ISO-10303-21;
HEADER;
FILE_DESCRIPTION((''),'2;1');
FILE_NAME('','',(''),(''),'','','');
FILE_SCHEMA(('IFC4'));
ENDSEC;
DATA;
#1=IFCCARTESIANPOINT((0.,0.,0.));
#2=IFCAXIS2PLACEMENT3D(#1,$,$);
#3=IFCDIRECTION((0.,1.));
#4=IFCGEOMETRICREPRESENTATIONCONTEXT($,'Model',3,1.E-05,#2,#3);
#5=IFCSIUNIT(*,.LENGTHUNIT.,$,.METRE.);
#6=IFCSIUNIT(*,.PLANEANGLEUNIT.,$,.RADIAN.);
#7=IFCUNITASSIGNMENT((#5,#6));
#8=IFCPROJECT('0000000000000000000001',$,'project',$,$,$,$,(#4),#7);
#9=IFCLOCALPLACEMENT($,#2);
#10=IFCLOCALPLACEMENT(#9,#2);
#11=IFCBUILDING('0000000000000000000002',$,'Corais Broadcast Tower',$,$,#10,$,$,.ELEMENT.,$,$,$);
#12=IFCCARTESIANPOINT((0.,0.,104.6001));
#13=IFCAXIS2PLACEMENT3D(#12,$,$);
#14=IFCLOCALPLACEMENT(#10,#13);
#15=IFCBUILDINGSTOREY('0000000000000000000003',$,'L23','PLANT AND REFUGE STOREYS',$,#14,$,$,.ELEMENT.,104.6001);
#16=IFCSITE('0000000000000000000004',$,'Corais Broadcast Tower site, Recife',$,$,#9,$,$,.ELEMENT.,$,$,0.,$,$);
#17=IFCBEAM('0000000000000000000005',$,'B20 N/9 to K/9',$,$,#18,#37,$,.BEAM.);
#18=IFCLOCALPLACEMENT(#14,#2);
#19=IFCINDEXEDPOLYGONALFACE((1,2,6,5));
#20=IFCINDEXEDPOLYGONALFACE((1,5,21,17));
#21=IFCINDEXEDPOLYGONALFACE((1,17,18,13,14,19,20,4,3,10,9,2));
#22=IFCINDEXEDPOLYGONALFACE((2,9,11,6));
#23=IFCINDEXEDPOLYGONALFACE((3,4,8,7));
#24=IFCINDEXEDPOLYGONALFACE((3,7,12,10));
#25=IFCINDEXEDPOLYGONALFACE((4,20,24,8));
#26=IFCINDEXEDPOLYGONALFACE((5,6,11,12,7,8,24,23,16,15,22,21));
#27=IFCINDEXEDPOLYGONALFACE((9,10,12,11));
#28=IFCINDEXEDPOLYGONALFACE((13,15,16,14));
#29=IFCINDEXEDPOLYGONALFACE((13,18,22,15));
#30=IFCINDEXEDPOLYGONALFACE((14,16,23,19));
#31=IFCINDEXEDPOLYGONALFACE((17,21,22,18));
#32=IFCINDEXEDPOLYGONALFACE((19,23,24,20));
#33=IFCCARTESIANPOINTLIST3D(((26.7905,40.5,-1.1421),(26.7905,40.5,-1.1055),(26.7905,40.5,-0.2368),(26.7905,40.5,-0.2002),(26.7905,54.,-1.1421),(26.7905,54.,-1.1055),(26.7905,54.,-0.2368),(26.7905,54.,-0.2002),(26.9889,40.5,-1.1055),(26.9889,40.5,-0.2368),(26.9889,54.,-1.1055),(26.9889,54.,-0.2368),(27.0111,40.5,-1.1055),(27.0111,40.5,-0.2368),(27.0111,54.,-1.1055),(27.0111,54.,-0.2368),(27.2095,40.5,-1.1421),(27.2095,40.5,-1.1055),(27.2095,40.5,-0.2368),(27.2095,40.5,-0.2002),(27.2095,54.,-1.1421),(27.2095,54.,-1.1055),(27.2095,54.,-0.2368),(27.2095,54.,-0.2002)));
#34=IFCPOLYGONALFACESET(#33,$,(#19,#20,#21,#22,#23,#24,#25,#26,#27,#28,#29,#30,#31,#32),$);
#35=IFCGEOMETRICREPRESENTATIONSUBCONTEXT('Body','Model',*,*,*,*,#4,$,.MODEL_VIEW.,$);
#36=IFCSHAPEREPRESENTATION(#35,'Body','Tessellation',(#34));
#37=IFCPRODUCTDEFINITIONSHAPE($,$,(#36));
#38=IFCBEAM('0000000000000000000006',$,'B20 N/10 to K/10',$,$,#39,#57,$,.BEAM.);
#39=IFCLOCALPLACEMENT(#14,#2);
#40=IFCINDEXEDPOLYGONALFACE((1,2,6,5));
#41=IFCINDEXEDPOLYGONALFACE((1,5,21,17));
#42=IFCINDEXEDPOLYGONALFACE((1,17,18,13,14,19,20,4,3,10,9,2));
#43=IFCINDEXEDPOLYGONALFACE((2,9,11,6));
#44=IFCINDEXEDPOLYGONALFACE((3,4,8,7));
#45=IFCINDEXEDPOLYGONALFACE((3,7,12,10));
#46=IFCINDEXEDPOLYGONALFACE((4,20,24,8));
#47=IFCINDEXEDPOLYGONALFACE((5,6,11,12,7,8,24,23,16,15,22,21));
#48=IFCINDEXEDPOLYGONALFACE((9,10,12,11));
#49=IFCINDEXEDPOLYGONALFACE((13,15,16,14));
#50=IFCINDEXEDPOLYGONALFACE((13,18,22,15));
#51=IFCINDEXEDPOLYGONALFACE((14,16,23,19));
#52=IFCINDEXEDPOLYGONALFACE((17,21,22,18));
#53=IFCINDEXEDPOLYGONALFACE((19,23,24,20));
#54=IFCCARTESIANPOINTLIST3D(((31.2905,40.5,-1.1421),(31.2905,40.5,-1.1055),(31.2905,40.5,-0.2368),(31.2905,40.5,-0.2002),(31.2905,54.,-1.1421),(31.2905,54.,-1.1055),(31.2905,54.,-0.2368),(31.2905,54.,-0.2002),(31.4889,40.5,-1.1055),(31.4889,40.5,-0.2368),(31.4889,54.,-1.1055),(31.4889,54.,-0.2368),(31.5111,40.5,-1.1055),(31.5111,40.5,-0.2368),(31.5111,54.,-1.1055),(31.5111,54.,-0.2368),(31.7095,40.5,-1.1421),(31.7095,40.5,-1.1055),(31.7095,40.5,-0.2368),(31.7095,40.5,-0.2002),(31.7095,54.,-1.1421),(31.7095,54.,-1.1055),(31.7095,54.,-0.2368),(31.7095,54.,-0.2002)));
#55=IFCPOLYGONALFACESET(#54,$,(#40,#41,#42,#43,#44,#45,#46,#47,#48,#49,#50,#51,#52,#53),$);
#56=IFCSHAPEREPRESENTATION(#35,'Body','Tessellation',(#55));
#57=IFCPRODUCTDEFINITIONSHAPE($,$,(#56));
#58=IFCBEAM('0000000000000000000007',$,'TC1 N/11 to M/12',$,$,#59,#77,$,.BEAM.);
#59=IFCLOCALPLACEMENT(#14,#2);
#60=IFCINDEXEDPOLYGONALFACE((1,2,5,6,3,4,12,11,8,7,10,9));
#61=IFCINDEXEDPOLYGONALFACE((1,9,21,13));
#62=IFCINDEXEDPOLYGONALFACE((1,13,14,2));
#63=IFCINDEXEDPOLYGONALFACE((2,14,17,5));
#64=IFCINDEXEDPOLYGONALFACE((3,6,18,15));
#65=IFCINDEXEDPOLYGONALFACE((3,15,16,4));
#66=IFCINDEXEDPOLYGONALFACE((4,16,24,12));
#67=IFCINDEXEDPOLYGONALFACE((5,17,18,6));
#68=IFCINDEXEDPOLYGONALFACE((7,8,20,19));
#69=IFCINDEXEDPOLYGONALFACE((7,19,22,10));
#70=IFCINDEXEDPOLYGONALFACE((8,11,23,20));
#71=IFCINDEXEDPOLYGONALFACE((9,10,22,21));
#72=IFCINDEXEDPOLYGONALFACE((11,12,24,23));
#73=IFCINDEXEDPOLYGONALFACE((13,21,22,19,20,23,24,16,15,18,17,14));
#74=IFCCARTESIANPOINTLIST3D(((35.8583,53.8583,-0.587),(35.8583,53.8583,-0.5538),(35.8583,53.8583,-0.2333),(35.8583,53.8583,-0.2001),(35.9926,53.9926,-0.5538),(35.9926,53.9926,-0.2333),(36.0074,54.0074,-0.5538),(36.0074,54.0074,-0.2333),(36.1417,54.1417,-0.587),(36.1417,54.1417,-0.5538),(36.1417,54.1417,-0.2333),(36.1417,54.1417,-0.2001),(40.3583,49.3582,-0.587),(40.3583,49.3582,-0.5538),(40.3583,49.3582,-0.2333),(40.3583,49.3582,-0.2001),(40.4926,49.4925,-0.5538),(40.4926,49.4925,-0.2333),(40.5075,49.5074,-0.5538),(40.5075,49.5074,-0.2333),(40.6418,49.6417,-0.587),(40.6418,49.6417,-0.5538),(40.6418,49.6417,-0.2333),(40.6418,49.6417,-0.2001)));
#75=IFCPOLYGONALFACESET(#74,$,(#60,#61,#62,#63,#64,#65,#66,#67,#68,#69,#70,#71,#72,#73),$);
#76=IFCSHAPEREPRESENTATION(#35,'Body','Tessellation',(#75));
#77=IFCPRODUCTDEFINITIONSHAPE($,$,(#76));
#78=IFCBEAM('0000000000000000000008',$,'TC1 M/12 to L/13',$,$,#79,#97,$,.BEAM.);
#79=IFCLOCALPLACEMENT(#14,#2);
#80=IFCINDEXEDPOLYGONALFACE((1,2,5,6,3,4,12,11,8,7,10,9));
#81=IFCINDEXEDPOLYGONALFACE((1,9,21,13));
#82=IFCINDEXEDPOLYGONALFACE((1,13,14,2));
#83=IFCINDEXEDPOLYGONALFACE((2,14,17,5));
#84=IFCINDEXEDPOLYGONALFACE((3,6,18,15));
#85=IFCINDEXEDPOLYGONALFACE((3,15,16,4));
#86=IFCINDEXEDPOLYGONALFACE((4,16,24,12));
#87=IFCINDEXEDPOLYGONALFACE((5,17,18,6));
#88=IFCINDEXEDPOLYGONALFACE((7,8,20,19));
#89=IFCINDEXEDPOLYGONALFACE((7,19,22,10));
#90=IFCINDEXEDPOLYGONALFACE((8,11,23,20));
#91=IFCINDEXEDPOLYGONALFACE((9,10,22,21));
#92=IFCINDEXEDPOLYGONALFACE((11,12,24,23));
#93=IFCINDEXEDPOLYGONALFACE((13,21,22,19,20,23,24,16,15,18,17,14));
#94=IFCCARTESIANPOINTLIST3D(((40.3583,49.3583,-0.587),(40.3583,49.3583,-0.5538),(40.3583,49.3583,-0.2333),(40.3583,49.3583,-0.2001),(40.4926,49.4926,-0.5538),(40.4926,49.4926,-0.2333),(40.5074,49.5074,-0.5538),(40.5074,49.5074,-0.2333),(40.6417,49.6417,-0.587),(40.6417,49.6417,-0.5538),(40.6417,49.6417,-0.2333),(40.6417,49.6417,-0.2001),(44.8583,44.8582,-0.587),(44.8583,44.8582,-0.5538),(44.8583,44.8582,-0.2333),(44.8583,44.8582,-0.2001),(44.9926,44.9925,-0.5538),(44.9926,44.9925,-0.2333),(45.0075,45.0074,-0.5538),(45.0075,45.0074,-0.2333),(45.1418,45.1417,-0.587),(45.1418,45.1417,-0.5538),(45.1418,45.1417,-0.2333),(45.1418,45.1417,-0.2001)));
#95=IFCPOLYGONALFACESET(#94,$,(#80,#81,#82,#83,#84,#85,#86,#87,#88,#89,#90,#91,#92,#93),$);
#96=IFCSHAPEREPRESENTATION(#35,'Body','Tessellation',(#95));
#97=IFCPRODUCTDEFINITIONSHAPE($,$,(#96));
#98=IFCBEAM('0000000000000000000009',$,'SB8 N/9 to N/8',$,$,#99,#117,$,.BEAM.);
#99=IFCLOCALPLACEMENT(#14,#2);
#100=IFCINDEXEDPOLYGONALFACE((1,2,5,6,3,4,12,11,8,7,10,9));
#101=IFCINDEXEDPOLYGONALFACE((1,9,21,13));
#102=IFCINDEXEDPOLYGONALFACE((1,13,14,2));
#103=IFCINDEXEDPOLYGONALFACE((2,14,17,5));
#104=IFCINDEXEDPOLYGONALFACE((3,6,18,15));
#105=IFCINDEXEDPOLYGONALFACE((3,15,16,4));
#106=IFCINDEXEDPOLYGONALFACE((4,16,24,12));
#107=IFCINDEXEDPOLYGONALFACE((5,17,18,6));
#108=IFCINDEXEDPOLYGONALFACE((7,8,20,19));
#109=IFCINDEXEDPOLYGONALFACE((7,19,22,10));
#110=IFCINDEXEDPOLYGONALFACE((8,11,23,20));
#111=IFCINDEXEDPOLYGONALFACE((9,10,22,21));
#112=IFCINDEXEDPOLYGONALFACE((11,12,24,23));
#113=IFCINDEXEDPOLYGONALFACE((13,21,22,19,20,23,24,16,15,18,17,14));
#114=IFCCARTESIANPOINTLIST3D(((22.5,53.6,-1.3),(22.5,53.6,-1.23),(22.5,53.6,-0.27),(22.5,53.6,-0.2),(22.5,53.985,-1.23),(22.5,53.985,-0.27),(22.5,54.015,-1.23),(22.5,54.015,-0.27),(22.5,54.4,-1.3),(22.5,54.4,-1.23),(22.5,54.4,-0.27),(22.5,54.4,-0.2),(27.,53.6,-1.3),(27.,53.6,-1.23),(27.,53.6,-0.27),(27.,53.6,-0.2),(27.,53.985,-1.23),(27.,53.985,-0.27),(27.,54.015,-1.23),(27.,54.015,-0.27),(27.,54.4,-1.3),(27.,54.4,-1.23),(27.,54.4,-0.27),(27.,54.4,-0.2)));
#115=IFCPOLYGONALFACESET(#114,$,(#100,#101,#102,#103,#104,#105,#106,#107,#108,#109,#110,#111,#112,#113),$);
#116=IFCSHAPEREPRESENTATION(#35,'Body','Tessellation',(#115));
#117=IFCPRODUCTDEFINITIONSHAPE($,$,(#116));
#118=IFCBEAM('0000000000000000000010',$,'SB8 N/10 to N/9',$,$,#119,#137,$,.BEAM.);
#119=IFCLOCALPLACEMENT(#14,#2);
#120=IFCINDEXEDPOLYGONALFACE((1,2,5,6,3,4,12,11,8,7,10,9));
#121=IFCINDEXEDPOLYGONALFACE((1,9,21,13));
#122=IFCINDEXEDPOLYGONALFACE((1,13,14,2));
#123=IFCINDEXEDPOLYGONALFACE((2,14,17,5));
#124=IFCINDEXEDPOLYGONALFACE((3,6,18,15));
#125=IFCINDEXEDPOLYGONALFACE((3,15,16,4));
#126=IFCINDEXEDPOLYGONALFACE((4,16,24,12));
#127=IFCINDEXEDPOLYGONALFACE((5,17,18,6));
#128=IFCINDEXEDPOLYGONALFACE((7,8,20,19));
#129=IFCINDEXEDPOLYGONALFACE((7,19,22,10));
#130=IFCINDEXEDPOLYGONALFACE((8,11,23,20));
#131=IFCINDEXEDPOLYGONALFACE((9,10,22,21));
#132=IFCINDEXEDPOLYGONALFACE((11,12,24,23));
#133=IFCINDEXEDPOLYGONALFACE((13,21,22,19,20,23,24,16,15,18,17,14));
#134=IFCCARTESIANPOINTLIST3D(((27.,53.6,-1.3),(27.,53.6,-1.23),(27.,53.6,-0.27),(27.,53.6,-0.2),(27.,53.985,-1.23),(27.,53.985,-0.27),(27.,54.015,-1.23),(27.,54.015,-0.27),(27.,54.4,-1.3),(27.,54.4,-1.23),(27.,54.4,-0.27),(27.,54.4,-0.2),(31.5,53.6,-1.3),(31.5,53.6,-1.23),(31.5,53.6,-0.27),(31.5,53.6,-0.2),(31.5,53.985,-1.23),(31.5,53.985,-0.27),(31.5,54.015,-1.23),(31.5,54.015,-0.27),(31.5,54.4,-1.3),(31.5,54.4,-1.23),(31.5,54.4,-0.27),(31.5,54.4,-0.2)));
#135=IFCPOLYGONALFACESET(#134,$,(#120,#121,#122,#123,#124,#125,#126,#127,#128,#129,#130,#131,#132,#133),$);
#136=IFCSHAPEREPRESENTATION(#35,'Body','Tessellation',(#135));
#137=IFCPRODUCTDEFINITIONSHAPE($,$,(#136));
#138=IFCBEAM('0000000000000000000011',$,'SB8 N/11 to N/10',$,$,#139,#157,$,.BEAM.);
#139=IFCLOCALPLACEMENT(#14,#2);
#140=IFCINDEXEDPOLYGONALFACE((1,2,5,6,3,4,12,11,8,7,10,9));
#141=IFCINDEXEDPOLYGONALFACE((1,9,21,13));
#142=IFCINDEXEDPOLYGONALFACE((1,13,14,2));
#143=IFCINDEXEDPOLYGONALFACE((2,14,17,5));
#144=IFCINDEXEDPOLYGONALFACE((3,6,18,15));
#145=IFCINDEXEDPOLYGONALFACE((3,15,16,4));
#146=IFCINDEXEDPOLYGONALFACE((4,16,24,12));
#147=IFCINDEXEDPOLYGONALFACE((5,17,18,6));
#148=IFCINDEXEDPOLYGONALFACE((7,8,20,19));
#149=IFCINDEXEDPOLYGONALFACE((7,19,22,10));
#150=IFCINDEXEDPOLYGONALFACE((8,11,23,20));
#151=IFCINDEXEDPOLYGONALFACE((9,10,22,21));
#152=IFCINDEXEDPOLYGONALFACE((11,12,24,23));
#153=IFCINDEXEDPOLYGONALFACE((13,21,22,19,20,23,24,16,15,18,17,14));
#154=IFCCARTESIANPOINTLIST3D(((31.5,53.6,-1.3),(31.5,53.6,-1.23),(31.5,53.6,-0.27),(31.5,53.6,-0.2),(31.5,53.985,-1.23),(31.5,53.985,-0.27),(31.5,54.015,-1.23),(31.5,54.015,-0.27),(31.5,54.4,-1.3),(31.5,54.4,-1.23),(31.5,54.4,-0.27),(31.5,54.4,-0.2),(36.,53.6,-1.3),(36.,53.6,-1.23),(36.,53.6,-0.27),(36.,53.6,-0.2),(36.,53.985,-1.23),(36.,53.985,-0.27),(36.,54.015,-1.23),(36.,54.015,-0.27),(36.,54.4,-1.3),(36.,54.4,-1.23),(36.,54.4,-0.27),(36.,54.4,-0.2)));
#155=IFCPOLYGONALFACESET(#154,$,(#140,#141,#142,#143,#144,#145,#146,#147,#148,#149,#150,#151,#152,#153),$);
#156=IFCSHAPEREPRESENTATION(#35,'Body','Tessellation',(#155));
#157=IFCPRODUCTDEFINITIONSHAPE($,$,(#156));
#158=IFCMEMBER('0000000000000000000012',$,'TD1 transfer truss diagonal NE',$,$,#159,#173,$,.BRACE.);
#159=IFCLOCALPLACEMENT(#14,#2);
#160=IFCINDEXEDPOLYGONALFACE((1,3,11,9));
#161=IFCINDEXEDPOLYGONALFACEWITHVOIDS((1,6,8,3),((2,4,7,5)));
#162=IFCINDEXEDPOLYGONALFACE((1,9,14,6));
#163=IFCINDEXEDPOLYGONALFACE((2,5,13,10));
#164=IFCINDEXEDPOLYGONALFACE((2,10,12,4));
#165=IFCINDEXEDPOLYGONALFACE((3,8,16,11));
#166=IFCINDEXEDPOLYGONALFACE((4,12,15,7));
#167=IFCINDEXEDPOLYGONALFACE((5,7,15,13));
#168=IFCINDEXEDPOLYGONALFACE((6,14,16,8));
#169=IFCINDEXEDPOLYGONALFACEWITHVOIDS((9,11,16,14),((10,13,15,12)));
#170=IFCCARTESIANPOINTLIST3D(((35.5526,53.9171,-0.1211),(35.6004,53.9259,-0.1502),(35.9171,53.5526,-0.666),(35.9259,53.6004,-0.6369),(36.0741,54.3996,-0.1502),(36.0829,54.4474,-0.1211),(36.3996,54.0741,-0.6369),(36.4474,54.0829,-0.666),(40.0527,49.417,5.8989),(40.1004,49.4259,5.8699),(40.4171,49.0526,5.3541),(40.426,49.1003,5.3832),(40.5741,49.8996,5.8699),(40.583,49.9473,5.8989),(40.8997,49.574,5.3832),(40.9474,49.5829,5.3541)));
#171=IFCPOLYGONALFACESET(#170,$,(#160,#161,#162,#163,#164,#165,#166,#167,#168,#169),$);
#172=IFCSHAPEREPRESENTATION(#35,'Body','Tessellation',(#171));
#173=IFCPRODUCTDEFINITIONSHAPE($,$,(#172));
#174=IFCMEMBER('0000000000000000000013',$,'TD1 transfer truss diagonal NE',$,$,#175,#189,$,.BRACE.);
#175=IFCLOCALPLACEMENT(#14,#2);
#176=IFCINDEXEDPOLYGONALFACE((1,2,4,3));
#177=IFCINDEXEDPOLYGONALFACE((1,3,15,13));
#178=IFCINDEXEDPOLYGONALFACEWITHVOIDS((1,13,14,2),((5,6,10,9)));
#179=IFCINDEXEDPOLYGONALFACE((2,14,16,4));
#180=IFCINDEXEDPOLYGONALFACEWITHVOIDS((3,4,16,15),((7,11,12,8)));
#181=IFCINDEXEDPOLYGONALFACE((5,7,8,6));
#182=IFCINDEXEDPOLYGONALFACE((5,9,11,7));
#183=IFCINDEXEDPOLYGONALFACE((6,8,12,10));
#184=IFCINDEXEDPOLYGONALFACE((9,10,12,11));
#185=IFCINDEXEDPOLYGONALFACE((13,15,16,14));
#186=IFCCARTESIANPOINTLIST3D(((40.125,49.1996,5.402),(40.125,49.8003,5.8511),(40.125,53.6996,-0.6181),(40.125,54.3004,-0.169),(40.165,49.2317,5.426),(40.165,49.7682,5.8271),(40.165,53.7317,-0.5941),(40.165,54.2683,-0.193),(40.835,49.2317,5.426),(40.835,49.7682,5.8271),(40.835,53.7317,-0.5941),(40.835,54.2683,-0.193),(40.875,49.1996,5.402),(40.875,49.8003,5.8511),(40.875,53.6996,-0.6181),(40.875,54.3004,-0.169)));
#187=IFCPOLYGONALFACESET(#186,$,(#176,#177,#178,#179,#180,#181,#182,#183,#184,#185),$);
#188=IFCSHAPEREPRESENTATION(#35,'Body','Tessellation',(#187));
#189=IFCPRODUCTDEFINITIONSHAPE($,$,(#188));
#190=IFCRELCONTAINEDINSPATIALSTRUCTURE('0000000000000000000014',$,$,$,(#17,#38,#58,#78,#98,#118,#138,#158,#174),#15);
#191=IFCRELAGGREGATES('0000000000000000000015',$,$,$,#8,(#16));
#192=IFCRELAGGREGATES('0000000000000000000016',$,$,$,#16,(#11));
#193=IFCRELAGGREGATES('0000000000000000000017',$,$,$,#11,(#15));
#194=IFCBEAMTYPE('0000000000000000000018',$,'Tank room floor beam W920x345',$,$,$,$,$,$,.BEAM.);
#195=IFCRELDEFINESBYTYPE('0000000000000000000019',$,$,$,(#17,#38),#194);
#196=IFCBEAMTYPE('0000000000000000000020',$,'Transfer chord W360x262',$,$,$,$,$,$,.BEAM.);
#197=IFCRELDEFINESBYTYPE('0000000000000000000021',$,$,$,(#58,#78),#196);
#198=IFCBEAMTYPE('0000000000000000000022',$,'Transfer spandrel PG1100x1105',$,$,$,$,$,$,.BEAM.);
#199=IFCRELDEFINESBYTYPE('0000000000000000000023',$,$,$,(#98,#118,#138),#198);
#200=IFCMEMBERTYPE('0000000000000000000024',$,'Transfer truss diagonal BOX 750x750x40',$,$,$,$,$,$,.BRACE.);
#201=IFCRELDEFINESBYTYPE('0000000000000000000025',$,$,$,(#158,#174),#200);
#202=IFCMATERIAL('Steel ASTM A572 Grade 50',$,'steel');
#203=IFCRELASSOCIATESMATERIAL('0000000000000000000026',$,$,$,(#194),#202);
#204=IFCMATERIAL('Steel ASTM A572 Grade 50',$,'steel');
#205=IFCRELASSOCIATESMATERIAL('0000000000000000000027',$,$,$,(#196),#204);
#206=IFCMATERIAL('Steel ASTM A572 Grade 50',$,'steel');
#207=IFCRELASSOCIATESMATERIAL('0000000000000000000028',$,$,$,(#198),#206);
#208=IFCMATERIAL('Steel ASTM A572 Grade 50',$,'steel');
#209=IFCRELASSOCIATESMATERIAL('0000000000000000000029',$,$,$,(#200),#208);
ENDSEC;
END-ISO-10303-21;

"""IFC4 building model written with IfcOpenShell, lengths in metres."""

from ifc_helpers import new_model, si_unit, direction, frame, origin, origin_2d, place, context, subcontext, project, spatial, hollow_rectangle, i_section, extrude, material, material_profile, profile_set, type_object, element, save


model = new_model("IFC4")

# Units and contexts
model_context = context("Model", 3, precision=1e-05, world=origin(), true_north=direction((0.0, 1.0)))
body_context = subcontext(model_context, "Body", "Model", "MODEL_VIEW")
ifc_project = project(units=[si_unit("LENGTHUNIT", "METRE"), si_unit("PLANEANGLEUNIT", "RADIAN")], contexts=[model_context])

# Site, building, storey
site_placement = place(None, origin())
site = spatial("IfcSite", under=ifc_project, at=site_placement, Name="Corais Broadcast Tower site, Recife", CompositionType="ELEMENT", RefElevation=0.0)
building_placement = place(site_placement, origin())
building = spatial("IfcBuilding", under=site, at=building_placement, Name="Corais Broadcast Tower", CompositionType="ELEMENT")
storey_placement = place(building_placement, frame((0.0, 0.0, 104.6001)))
storey = spatial("IfcBuildingStorey", under=building, at=storey_placement, Name="L23", Description="PLANT AND REFUGE STOREYS", CompositionType="ELEMENT", Elevation=104.6001)

# Beams
ifc_material_1 = material(Name="Steel ASTM A572 Grade 50", Category="steel")
ifc_material_profile_1 = material_profile(ifc_material_1, i_section(OverallWidth=0.4189, OverallDepth=0.9419, WebThickness=0.0222, FlangeThickness=0.0366, at=origin_2d()), Name="W920x345")
ifc_profile_set_1 = profile_set([ifc_material_profile_1], Name="Steel ASTM A572 Grade 50")
beam_type_1 = type_object("IfcBeamType", Name="Tank room floor beam W920x345", PredefinedType="BEAM", material=ifc_profile_set_1)
for number, where, z_axis, x_axis, name in (
    (1, (27.0, 54.0, -0.6711), (0.0, -1.0, 0.0), (1.0, 0.0, 0.0), "B20 N/9 to K/9"),
    (2, (31.5, 54.0, -0.6711), (0.0, -1.0, 0.0), (1.0, 0.0, 0.0), "B20 N/10 to K/10"),
):
    element("IfcBeam", number, at=place(storey_placement, frame(where, z_axis=z_axis, x_axis=x_axis)), inside=storey, type_object=beam_type_1, Name=name, PredefinedType="BEAM", context=body_context, shape_type="SweptSolid", body=[
        extrude(i_section(OverallWidth=0.4189, OverallDepth=0.9419, WebThickness=0.0222, FlangeThickness=0.0366, at=origin_2d()), origin(), (0.0, 0.0, 1.0), 13.5),
    ])
ifc_material_2 = material(Name="Steel ASTM A572 Grade 50", Category="steel")
ifc_material_profile_2 = material_profile(ifc_material_2, i_section(OverallWidth=0.4009, OverallDepth=0.387, WebThickness=0.021, FlangeThickness=0.0332, at=origin_2d()), Name="W360x262")
ifc_profile_set_2 = profile_set([ifc_material_profile_2], Name="Steel ASTM A572 Grade 50")
beam_type_2 = type_object("IfcBeamType", Name="Transfer chord W360x262", PredefinedType="BEAM", material=ifc_profile_set_2)
for number, where, z_axis, x_axis, name in (
    (3, (36.0, 54.0, -0.3936), (0.707107, -0.707107, 0.0), (0.707107, 0.707107, 0.0), "TC1 N/11 to M/12"),
    (4, (40.5, 49.5, -0.3936), (0.707107, -0.707107, 0.0), (0.707107, 0.707107, 0.0), "TC1 M/12 to L/13"),
):
    element("IfcBeam", number, at=place(storey_placement, frame(where, z_axis=z_axis, x_axis=x_axis)), inside=storey, type_object=beam_type_2, Name=name, PredefinedType="BEAM", context=body_context, shape_type="SweptSolid", body=[
        extrude(i_section(OverallWidth=0.4009, OverallDepth=0.387, WebThickness=0.021, FlangeThickness=0.0332, at=origin_2d()), origin(), (0.0, 0.0, 1.0), 6.364),
    ])
ifc_material_3 = material(Name="Steel ASTM A572 Grade 50", Category="steel")
ifc_material_profile_3 = material_profile(ifc_material_3, i_section(OverallWidth=0.8, OverallDepth=1.1001, WebThickness=0.03, FlangeThickness=0.0701, at=origin_2d()), Name="PG1100x1105")
ifc_profile_set_3 = profile_set([ifc_material_profile_3], Name="Steel ASTM A572 Grade 50")
beam_type_3 = type_object("IfcBeamType", Name="Transfer spandrel PG1100x1105", PredefinedType="BEAM", material=ifc_profile_set_3)
for number, where, z_axis, x_axis, name in (
    (5, (27.0, 54.0, -0.75), (-1.0, 0.0, 0.0), (0.0, -1.0, 0.0), "SB8 N/9 to N/8"),
    (6, (31.5, 54.0, -0.75), (-1.0, 0.0, 0.0), (0.0, -1.0, 0.0), "SB8 N/10 to N/9"),
    (7, (36.0, 54.0, -0.75), (-1.0, 0.0, 0.0), (0.0, -1.0, 0.0), "SB8 N/11 to N/10"),
):
    element("IfcBeam", number, at=place(storey_placement, frame(where, z_axis=z_axis, x_axis=x_axis)), inside=storey, type_object=beam_type_3, Name=name, PredefinedType="BEAM", context=body_context, shape_type="SweptSolid", body=[
        extrude(i_section(OverallWidth=0.8, OverallDepth=1.1001, WebThickness=0.03, FlangeThickness=0.0701, at=origin_2d()), origin(), (0.0, 0.0, 1.0), 4.5),
    ])

# Members
ifc_material_4 = material(Name="Steel ASTM A572 Grade 50", Category="steel")
ifc_material_profile_4 = material_profile(ifc_material_4, hollow_rectangle(XDim=0.75, YDim=0.75, WallThickness=0.04, at=origin_2d()), Name="BOX 750x750x40")
ifc_profile_set_4 = profile_set([ifc_material_profile_4], Name="Steel ASTM A572 Grade 50")
member_type_1 = type_object("IfcMemberType", Name="Transfer truss diagonal BOX 750x750x40", PredefinedType="BRACE", material=ifc_profile_set_4)
member_1_placement = place(storey_placement, frame((36.0, 54.0, -0.3936), z_axis=(0.513688, -0.513688, 0.687203), x_axis=(0.707107, 0.707107, 0.0)))
element("IfcMember", 8, at=member_1_placement, inside=storey, type_object=member_type_1, Name="TD1 transfer truss diagonal NE", PredefinedType="BRACE", context=body_context, shape_type="SweptSolid", body=[
    extrude(hollow_rectangle(XDim=0.75, YDim=0.75, WallThickness=0.04, at=origin_2d()), origin(), (0.0, 0.0, 1.0), 8.7603),
])
member_2_placement = place(storey_placement, frame((40.5, 54.0, -0.3936), z_axis=(0.0, -0.598721, 0.800958), x_axis=(1.0, 0.0, 0.0)))
element("IfcMember", 9, at=member_2_placement, inside=storey, type_object=member_type_1, Name="TD1 transfer truss diagonal NE", PredefinedType="BRACE", context=body_context, shape_type="SweptSolid", body=[
    extrude(hollow_rectangle(XDim=0.75, YDim=0.75, WallThickness=0.04, at=origin_2d()), origin(), (0.0, 0.0, 1.0), 7.5161),
])

save(model, "model.ifc")
